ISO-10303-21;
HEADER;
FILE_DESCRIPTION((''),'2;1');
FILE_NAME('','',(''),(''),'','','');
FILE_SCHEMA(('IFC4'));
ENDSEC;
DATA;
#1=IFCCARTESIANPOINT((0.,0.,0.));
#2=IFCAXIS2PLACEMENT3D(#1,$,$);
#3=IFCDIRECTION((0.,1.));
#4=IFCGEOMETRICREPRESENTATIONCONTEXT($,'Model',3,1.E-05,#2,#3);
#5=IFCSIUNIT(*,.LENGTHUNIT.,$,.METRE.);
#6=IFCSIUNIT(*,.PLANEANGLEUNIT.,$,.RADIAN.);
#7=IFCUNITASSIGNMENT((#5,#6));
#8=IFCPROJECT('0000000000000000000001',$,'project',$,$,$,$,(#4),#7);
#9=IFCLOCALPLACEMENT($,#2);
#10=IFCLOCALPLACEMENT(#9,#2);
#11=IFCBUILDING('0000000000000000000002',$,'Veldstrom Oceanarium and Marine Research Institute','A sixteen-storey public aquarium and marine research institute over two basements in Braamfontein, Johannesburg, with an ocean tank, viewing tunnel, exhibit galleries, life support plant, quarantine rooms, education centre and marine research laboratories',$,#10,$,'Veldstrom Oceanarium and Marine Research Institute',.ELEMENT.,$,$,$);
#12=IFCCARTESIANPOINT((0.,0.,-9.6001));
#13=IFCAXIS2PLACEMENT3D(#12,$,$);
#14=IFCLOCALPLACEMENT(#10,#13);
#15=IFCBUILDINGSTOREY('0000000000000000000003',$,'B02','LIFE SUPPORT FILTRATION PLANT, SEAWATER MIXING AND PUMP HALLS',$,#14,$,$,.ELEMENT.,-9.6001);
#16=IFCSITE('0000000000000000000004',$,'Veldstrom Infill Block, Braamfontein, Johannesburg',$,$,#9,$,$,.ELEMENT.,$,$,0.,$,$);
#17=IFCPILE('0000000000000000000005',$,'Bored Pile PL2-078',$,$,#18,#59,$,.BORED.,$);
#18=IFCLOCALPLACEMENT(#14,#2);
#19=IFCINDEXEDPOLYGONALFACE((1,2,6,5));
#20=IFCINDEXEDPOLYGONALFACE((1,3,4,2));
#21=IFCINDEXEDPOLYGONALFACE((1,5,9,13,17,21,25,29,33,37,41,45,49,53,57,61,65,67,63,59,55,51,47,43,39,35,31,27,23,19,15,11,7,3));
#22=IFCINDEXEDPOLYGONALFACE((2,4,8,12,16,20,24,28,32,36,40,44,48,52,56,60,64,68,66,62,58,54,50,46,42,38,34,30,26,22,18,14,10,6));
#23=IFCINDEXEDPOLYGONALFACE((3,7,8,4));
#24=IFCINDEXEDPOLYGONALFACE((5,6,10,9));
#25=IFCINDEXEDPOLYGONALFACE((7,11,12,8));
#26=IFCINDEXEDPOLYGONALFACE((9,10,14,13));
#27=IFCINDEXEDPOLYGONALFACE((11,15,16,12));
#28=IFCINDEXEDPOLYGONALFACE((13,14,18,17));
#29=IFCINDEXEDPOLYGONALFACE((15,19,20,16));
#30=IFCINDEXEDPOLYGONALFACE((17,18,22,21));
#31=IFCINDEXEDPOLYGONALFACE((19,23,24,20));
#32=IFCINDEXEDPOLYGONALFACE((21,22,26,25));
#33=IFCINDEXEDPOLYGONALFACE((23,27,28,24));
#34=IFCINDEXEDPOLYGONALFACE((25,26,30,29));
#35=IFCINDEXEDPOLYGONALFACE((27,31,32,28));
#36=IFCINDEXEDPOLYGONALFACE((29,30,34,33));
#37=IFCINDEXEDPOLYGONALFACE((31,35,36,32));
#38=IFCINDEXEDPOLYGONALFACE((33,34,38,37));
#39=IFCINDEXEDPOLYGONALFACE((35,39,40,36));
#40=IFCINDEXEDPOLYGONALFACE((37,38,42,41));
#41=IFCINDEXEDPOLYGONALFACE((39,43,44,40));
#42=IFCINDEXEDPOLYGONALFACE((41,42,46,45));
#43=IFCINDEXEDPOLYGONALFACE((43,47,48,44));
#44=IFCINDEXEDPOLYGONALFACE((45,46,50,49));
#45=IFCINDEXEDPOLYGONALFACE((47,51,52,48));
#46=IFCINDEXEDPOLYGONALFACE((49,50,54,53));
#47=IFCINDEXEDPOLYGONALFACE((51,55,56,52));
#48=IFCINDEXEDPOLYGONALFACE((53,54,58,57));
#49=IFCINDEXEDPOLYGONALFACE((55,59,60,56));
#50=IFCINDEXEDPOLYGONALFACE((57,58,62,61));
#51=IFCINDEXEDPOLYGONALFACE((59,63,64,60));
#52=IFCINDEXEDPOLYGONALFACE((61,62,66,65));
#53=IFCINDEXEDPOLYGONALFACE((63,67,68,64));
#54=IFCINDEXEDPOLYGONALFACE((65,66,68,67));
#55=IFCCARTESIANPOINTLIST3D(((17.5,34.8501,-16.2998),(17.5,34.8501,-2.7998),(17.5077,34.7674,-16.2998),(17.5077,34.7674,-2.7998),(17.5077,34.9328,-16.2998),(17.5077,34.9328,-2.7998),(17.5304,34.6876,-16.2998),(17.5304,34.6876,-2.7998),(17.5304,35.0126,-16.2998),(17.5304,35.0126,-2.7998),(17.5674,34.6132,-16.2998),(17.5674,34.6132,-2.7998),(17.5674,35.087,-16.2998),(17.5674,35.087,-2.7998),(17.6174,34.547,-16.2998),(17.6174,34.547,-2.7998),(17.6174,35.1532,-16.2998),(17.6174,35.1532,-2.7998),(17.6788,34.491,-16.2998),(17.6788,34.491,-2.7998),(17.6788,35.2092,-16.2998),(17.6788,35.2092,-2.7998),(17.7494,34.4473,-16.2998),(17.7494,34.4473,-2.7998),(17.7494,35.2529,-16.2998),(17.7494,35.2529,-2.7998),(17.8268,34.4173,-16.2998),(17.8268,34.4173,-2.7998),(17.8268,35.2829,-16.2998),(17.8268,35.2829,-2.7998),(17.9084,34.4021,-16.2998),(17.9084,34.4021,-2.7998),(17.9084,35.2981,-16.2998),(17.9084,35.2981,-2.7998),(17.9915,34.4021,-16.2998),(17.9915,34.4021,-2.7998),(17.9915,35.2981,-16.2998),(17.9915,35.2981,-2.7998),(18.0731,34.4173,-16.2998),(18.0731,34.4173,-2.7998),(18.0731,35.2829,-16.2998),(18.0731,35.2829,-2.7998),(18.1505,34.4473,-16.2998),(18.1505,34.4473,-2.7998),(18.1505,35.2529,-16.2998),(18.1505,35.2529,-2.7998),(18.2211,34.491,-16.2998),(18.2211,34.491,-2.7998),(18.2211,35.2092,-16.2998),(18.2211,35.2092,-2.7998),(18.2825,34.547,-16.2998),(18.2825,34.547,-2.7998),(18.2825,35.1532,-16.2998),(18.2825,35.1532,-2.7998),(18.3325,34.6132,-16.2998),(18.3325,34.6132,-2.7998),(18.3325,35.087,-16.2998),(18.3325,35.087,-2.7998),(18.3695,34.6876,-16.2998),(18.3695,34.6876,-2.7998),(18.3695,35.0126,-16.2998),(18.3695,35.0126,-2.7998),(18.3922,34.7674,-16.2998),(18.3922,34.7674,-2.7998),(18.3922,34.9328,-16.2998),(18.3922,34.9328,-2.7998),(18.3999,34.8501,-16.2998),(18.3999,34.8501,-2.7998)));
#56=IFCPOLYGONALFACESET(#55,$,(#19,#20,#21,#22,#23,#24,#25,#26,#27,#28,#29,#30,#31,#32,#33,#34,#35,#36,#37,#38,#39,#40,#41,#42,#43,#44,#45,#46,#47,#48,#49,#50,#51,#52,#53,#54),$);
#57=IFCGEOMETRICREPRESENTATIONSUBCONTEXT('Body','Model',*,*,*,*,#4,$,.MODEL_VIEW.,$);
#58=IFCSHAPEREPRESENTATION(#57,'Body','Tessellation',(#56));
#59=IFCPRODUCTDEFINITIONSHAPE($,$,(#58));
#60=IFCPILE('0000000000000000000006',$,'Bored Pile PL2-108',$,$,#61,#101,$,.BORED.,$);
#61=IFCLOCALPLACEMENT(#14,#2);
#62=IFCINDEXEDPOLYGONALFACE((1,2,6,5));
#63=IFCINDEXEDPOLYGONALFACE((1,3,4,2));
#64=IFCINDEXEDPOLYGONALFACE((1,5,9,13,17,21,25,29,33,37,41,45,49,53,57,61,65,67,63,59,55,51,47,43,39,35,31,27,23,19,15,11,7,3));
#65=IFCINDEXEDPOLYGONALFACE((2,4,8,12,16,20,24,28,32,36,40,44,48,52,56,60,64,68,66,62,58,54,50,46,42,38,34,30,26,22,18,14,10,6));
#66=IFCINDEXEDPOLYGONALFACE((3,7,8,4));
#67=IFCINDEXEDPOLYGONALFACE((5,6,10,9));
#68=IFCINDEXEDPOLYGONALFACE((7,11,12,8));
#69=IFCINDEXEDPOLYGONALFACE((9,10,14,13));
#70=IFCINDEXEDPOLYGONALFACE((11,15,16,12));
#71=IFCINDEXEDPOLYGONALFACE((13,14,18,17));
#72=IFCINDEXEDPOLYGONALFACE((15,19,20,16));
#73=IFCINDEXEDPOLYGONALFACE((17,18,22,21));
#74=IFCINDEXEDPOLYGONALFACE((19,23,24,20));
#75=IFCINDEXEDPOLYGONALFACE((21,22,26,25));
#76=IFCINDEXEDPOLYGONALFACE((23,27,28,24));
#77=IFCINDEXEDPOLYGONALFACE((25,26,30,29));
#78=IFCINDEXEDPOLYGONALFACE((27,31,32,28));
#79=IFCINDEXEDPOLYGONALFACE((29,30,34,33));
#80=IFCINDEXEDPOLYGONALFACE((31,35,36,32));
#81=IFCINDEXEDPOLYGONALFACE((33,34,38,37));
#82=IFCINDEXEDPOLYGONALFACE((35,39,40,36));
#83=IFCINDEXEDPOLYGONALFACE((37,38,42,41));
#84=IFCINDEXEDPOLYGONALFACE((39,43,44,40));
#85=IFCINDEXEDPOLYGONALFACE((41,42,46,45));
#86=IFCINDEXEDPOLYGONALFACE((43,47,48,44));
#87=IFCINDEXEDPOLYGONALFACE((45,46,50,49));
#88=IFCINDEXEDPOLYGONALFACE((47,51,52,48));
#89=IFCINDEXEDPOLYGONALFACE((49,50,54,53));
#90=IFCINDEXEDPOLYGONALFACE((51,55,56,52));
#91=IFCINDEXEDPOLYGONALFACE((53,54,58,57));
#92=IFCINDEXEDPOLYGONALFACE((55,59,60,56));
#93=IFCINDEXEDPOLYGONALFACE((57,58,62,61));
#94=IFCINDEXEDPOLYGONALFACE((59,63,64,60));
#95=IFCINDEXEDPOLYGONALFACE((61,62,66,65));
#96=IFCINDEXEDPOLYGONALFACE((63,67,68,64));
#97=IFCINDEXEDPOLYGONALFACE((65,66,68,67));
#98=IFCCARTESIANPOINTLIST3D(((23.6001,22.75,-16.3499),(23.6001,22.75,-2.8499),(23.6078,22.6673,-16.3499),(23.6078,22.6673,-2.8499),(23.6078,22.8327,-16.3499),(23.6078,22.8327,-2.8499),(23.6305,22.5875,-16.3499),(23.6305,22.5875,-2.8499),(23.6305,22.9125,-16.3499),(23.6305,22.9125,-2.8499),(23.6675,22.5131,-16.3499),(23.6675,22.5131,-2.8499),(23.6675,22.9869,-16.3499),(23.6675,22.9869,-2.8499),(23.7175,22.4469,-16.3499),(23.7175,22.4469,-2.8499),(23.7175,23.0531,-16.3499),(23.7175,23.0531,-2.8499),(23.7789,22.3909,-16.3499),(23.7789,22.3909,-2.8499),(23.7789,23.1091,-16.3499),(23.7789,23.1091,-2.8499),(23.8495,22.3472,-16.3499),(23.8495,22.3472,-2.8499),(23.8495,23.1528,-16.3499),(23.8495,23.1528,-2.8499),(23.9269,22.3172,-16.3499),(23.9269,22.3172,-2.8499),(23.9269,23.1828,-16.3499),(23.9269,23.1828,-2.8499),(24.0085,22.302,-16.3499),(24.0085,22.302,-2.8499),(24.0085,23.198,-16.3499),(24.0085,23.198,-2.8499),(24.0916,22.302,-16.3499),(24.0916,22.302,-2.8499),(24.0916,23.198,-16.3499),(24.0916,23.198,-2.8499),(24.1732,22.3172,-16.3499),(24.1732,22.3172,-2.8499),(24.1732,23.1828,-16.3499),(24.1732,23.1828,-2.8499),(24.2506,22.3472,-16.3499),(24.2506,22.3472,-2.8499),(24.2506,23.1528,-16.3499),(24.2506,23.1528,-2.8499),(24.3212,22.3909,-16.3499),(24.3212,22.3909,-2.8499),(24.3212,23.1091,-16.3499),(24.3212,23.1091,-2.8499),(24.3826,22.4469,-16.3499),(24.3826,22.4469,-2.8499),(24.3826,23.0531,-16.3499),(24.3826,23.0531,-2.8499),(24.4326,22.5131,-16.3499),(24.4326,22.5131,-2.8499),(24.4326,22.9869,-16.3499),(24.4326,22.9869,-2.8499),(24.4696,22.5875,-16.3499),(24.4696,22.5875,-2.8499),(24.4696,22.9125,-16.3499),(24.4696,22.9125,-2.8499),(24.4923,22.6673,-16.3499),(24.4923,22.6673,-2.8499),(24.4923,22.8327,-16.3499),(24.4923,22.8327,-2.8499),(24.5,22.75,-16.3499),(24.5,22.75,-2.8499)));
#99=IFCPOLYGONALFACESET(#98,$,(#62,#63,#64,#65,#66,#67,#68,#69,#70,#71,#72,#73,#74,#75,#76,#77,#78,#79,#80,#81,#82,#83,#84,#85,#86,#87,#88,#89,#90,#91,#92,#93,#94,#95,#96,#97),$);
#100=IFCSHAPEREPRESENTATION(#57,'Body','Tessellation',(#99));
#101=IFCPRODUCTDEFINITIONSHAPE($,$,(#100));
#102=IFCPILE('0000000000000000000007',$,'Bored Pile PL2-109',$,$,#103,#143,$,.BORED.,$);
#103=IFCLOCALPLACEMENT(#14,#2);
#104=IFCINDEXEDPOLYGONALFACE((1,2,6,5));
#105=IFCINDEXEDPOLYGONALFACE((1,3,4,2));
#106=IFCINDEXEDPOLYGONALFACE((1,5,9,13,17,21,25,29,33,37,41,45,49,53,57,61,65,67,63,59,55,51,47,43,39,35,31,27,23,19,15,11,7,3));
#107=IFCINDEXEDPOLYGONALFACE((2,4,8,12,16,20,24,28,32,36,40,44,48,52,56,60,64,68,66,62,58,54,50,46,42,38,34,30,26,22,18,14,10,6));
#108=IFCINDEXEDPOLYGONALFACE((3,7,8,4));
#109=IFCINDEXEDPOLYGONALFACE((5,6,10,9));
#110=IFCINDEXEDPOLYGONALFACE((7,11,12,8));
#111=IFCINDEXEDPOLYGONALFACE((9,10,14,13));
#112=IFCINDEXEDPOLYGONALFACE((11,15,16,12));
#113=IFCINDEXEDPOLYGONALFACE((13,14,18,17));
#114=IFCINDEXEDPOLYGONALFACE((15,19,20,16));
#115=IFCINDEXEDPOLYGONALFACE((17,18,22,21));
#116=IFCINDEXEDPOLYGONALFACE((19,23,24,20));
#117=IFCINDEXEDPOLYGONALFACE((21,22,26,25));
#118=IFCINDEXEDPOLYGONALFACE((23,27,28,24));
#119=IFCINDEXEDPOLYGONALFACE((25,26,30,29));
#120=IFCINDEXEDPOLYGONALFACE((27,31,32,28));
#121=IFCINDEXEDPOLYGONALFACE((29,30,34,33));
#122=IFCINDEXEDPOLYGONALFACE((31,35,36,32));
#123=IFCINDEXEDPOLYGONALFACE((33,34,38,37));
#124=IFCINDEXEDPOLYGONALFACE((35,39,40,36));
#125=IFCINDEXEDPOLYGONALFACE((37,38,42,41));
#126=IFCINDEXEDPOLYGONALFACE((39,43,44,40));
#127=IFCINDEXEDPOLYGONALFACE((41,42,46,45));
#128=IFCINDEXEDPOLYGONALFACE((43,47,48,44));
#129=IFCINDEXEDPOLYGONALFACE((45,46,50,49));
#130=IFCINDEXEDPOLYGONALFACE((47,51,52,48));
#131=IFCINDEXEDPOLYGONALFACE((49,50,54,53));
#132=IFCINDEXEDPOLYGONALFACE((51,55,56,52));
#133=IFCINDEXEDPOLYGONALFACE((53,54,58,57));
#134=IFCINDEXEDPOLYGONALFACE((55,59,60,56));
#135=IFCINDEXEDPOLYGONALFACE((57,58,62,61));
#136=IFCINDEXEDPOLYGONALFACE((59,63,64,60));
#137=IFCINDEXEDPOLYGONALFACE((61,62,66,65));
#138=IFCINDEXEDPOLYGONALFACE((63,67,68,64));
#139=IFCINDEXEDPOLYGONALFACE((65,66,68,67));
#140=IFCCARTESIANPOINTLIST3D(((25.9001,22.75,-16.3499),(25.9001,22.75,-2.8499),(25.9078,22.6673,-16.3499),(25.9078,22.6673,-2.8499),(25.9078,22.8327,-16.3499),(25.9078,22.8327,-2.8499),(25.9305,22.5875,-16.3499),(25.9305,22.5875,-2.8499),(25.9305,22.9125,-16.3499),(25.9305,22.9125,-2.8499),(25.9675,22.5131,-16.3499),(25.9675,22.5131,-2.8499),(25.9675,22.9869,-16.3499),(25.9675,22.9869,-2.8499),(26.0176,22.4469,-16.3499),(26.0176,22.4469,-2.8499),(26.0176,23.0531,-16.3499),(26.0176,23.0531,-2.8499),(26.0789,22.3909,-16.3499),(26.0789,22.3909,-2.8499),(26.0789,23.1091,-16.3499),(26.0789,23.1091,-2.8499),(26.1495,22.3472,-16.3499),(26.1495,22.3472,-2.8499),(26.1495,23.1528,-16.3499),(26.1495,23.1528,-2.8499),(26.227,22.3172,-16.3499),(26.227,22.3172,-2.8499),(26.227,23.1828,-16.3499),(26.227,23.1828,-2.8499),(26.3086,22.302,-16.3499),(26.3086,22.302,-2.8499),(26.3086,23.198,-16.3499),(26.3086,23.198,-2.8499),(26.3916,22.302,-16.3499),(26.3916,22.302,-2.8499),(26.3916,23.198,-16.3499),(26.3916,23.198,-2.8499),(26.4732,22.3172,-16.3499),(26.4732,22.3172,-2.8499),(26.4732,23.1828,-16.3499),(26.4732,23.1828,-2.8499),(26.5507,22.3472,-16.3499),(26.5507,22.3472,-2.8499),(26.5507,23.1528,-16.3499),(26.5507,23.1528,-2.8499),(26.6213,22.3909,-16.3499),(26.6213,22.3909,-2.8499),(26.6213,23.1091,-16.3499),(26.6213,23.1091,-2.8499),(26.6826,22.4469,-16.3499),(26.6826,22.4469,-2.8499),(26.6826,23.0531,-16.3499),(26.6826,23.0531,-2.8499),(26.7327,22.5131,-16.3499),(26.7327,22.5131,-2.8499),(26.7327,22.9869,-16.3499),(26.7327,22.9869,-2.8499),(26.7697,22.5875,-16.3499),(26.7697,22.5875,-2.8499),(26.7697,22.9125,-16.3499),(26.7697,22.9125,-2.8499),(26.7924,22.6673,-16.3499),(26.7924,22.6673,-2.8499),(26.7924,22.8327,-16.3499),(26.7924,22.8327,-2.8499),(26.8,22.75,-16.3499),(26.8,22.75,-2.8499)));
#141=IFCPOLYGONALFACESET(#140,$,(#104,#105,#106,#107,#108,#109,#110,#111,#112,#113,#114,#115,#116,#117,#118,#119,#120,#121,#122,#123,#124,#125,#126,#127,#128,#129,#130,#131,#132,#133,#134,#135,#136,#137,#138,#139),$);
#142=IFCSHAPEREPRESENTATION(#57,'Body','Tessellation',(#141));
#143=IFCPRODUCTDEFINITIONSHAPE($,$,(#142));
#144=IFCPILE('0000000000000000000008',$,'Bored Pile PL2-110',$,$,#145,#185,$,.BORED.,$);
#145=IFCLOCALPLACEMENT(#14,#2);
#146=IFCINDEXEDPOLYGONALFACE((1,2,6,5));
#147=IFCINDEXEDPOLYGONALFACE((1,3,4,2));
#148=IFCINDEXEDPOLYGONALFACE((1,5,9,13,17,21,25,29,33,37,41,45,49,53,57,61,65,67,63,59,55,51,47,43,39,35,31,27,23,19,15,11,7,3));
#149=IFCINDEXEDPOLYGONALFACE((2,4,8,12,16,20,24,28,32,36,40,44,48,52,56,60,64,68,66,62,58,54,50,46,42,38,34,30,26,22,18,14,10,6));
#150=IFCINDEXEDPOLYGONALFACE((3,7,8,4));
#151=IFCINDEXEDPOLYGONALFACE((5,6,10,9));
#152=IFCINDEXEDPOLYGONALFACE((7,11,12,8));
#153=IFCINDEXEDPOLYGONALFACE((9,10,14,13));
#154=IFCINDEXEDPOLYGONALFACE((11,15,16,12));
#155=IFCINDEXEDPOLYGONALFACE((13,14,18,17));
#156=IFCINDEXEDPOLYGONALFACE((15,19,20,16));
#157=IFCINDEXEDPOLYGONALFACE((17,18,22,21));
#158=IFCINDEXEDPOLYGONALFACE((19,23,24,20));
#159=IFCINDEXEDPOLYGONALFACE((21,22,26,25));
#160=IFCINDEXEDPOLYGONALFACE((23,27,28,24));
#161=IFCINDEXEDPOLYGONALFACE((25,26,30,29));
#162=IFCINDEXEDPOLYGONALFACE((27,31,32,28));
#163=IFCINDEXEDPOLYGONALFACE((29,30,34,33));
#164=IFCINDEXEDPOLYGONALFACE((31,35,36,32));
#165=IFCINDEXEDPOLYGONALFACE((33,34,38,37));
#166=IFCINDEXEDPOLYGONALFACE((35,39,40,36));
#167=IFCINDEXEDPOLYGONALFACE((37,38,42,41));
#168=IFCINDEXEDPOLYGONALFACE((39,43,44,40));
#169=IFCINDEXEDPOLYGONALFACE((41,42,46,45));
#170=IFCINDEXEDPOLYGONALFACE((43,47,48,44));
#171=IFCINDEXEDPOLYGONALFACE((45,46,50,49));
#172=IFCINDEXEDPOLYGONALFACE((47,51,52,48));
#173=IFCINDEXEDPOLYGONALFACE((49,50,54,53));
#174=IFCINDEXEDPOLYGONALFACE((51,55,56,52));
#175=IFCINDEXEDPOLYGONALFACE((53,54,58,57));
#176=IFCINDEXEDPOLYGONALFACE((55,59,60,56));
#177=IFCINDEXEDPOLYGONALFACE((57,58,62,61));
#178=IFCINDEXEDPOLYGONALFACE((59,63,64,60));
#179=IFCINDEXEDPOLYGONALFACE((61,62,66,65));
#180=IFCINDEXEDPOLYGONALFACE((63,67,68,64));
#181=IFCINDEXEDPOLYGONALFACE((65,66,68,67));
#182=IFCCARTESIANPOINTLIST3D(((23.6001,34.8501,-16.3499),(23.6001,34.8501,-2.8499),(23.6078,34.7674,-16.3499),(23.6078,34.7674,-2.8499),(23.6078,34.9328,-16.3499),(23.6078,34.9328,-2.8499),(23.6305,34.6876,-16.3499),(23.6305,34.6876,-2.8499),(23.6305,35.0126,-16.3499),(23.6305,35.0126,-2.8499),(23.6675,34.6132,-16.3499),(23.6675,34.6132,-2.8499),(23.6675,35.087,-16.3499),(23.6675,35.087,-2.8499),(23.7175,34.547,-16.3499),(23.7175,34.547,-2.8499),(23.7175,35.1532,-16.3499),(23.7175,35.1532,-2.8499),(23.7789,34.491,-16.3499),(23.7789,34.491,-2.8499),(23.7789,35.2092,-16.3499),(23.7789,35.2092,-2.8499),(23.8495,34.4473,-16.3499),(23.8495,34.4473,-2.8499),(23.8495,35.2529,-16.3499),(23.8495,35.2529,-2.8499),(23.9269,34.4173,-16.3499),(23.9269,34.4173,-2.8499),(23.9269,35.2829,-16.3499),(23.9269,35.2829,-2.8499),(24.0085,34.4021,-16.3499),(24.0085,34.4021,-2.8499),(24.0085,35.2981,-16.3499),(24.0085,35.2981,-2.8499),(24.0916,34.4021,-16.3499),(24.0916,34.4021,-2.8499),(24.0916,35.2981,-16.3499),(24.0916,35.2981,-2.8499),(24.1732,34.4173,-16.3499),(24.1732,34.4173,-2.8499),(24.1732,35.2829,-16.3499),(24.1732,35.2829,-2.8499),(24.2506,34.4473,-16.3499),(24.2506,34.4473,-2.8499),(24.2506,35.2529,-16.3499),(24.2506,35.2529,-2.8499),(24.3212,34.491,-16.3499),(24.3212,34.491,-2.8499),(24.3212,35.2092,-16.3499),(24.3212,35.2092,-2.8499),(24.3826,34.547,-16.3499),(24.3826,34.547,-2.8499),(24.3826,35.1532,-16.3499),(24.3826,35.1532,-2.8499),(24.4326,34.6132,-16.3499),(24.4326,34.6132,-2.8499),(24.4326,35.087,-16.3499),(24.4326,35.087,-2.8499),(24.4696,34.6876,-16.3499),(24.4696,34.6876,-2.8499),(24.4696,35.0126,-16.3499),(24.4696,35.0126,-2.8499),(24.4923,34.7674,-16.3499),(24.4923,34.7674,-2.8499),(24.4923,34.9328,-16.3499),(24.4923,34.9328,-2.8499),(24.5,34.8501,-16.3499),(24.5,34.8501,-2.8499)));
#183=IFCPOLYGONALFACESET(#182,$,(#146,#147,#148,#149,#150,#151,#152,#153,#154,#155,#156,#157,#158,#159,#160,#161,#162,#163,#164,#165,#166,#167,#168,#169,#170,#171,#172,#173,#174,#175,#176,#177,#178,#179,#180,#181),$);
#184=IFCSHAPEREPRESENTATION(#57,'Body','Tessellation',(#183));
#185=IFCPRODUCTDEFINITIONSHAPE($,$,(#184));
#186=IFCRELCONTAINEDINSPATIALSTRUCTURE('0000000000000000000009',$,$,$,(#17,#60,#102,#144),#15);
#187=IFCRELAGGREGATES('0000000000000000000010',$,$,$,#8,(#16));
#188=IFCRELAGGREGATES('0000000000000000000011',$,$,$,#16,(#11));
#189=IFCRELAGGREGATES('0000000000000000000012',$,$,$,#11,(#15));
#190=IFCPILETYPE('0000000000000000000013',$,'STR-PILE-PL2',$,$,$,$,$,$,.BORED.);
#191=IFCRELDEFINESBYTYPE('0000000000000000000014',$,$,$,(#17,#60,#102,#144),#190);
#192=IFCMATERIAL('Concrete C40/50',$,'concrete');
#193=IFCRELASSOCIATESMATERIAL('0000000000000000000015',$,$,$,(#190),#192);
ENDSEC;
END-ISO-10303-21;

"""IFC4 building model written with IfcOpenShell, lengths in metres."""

from ifc_helpers import new_model, si_unit, direction, frame, origin, origin_2d, place, context, subcontext, project, spatial, circle, extrude, material, material_profile, profile_set, type_object, element, save


model = new_model("IFC4")

# Units and contexts
model_context = context("Model", 3, precision=1e-05, world=origin(), true_north=direction((0.0, 1.0)))
body_context = subcontext(model_context, "Body", "Model", "MODEL_VIEW")
ifc_project = project(units=[si_unit("LENGTHUNIT", "METRE"), si_unit("PLANEANGLEUNIT", "RADIAN")], contexts=[model_context])

# Site, building, storey
site_placement = place(None, origin())
site = spatial("IfcSite", under=ifc_project, at=site_placement, Name="Veldstrom Infill Block, Braamfontein, Johannesburg", CompositionType="ELEMENT", RefElevation=0.0)
building_placement = place(site_placement, origin())
building = spatial("IfcBuilding", under=site, at=building_placement, Name="Veldstrom Oceanarium and Marine Research Institute", Description="A sixteen-storey public aquarium and marine research institute over two basements in Braamfontein, Johannesburg, with an ocean tank, viewing tunnel, exhibit galleries, life support plant, quarantine rooms, education centre and marine research laboratories", LongName="Veldstrom Oceanarium and Marine Research Institute", CompositionType="ELEMENT")
storey_placement = place(building_placement, frame((0.0, 0.0, -9.6001)))
storey = spatial("IfcBuildingStorey", under=building, at=storey_placement, Name="B02", Description="LIFE SUPPORT FILTRATION PLANT, SEAWATER MIXING AND PUMP HALLS", CompositionType="ELEMENT", Elevation=-9.6001)

# Piles
ifc_material_1 = material(Name="Concrete C40/50", Category="concrete")
ifc_material_profile_1 = material_profile(ifc_material_1, circle(Radius=0.45, at=origin_2d()), Name="PILE-D900")
ifc_profile_set_1 = profile_set([ifc_material_profile_1], Name="Concrete C40/50")
pile_type = type_object("IfcPileType", Name="STR-PILE-PL2", PredefinedType="BORED", material=ifc_profile_set_1)
for number, where, z_axis, x_axis, name in (
    (1, (17.95, 34.8501, -2.7998), (0.0, 0.0, -1.0), (1.0, 0.0, 0.0), "Bored Pile PL2-078"),
    (2, (24.05, 22.75, -2.8499), (0.0, 0.0, -1.0), (1.0, 0.0, 0.0), "Bored Pile PL2-108"),
    (3, (26.3501, 22.75, -2.8499), (0.0, 0.0, -1.0), (1.0, 0.0, 0.0), "Bored Pile PL2-109"),
    (4, (24.05, 34.8501, -2.8499), (0.0, 0.0, -1.0), (1.0, 0.0, 0.0), "Bored Pile PL2-110"),
):
    element("IfcPile", number, at=place(storey_placement, frame(where, z_axis=z_axis, x_axis=x_axis)), inside=storey, type_object=pile_type, Name=name, PredefinedType="BORED", context=body_context, shape_type="SweptSolid", body=[
        extrude(circle(Radius=0.45, at=origin_2d()), origin(), (0.0, 0.0, 1.0), 13.5),
    ])

save(model, "model.ifc")
